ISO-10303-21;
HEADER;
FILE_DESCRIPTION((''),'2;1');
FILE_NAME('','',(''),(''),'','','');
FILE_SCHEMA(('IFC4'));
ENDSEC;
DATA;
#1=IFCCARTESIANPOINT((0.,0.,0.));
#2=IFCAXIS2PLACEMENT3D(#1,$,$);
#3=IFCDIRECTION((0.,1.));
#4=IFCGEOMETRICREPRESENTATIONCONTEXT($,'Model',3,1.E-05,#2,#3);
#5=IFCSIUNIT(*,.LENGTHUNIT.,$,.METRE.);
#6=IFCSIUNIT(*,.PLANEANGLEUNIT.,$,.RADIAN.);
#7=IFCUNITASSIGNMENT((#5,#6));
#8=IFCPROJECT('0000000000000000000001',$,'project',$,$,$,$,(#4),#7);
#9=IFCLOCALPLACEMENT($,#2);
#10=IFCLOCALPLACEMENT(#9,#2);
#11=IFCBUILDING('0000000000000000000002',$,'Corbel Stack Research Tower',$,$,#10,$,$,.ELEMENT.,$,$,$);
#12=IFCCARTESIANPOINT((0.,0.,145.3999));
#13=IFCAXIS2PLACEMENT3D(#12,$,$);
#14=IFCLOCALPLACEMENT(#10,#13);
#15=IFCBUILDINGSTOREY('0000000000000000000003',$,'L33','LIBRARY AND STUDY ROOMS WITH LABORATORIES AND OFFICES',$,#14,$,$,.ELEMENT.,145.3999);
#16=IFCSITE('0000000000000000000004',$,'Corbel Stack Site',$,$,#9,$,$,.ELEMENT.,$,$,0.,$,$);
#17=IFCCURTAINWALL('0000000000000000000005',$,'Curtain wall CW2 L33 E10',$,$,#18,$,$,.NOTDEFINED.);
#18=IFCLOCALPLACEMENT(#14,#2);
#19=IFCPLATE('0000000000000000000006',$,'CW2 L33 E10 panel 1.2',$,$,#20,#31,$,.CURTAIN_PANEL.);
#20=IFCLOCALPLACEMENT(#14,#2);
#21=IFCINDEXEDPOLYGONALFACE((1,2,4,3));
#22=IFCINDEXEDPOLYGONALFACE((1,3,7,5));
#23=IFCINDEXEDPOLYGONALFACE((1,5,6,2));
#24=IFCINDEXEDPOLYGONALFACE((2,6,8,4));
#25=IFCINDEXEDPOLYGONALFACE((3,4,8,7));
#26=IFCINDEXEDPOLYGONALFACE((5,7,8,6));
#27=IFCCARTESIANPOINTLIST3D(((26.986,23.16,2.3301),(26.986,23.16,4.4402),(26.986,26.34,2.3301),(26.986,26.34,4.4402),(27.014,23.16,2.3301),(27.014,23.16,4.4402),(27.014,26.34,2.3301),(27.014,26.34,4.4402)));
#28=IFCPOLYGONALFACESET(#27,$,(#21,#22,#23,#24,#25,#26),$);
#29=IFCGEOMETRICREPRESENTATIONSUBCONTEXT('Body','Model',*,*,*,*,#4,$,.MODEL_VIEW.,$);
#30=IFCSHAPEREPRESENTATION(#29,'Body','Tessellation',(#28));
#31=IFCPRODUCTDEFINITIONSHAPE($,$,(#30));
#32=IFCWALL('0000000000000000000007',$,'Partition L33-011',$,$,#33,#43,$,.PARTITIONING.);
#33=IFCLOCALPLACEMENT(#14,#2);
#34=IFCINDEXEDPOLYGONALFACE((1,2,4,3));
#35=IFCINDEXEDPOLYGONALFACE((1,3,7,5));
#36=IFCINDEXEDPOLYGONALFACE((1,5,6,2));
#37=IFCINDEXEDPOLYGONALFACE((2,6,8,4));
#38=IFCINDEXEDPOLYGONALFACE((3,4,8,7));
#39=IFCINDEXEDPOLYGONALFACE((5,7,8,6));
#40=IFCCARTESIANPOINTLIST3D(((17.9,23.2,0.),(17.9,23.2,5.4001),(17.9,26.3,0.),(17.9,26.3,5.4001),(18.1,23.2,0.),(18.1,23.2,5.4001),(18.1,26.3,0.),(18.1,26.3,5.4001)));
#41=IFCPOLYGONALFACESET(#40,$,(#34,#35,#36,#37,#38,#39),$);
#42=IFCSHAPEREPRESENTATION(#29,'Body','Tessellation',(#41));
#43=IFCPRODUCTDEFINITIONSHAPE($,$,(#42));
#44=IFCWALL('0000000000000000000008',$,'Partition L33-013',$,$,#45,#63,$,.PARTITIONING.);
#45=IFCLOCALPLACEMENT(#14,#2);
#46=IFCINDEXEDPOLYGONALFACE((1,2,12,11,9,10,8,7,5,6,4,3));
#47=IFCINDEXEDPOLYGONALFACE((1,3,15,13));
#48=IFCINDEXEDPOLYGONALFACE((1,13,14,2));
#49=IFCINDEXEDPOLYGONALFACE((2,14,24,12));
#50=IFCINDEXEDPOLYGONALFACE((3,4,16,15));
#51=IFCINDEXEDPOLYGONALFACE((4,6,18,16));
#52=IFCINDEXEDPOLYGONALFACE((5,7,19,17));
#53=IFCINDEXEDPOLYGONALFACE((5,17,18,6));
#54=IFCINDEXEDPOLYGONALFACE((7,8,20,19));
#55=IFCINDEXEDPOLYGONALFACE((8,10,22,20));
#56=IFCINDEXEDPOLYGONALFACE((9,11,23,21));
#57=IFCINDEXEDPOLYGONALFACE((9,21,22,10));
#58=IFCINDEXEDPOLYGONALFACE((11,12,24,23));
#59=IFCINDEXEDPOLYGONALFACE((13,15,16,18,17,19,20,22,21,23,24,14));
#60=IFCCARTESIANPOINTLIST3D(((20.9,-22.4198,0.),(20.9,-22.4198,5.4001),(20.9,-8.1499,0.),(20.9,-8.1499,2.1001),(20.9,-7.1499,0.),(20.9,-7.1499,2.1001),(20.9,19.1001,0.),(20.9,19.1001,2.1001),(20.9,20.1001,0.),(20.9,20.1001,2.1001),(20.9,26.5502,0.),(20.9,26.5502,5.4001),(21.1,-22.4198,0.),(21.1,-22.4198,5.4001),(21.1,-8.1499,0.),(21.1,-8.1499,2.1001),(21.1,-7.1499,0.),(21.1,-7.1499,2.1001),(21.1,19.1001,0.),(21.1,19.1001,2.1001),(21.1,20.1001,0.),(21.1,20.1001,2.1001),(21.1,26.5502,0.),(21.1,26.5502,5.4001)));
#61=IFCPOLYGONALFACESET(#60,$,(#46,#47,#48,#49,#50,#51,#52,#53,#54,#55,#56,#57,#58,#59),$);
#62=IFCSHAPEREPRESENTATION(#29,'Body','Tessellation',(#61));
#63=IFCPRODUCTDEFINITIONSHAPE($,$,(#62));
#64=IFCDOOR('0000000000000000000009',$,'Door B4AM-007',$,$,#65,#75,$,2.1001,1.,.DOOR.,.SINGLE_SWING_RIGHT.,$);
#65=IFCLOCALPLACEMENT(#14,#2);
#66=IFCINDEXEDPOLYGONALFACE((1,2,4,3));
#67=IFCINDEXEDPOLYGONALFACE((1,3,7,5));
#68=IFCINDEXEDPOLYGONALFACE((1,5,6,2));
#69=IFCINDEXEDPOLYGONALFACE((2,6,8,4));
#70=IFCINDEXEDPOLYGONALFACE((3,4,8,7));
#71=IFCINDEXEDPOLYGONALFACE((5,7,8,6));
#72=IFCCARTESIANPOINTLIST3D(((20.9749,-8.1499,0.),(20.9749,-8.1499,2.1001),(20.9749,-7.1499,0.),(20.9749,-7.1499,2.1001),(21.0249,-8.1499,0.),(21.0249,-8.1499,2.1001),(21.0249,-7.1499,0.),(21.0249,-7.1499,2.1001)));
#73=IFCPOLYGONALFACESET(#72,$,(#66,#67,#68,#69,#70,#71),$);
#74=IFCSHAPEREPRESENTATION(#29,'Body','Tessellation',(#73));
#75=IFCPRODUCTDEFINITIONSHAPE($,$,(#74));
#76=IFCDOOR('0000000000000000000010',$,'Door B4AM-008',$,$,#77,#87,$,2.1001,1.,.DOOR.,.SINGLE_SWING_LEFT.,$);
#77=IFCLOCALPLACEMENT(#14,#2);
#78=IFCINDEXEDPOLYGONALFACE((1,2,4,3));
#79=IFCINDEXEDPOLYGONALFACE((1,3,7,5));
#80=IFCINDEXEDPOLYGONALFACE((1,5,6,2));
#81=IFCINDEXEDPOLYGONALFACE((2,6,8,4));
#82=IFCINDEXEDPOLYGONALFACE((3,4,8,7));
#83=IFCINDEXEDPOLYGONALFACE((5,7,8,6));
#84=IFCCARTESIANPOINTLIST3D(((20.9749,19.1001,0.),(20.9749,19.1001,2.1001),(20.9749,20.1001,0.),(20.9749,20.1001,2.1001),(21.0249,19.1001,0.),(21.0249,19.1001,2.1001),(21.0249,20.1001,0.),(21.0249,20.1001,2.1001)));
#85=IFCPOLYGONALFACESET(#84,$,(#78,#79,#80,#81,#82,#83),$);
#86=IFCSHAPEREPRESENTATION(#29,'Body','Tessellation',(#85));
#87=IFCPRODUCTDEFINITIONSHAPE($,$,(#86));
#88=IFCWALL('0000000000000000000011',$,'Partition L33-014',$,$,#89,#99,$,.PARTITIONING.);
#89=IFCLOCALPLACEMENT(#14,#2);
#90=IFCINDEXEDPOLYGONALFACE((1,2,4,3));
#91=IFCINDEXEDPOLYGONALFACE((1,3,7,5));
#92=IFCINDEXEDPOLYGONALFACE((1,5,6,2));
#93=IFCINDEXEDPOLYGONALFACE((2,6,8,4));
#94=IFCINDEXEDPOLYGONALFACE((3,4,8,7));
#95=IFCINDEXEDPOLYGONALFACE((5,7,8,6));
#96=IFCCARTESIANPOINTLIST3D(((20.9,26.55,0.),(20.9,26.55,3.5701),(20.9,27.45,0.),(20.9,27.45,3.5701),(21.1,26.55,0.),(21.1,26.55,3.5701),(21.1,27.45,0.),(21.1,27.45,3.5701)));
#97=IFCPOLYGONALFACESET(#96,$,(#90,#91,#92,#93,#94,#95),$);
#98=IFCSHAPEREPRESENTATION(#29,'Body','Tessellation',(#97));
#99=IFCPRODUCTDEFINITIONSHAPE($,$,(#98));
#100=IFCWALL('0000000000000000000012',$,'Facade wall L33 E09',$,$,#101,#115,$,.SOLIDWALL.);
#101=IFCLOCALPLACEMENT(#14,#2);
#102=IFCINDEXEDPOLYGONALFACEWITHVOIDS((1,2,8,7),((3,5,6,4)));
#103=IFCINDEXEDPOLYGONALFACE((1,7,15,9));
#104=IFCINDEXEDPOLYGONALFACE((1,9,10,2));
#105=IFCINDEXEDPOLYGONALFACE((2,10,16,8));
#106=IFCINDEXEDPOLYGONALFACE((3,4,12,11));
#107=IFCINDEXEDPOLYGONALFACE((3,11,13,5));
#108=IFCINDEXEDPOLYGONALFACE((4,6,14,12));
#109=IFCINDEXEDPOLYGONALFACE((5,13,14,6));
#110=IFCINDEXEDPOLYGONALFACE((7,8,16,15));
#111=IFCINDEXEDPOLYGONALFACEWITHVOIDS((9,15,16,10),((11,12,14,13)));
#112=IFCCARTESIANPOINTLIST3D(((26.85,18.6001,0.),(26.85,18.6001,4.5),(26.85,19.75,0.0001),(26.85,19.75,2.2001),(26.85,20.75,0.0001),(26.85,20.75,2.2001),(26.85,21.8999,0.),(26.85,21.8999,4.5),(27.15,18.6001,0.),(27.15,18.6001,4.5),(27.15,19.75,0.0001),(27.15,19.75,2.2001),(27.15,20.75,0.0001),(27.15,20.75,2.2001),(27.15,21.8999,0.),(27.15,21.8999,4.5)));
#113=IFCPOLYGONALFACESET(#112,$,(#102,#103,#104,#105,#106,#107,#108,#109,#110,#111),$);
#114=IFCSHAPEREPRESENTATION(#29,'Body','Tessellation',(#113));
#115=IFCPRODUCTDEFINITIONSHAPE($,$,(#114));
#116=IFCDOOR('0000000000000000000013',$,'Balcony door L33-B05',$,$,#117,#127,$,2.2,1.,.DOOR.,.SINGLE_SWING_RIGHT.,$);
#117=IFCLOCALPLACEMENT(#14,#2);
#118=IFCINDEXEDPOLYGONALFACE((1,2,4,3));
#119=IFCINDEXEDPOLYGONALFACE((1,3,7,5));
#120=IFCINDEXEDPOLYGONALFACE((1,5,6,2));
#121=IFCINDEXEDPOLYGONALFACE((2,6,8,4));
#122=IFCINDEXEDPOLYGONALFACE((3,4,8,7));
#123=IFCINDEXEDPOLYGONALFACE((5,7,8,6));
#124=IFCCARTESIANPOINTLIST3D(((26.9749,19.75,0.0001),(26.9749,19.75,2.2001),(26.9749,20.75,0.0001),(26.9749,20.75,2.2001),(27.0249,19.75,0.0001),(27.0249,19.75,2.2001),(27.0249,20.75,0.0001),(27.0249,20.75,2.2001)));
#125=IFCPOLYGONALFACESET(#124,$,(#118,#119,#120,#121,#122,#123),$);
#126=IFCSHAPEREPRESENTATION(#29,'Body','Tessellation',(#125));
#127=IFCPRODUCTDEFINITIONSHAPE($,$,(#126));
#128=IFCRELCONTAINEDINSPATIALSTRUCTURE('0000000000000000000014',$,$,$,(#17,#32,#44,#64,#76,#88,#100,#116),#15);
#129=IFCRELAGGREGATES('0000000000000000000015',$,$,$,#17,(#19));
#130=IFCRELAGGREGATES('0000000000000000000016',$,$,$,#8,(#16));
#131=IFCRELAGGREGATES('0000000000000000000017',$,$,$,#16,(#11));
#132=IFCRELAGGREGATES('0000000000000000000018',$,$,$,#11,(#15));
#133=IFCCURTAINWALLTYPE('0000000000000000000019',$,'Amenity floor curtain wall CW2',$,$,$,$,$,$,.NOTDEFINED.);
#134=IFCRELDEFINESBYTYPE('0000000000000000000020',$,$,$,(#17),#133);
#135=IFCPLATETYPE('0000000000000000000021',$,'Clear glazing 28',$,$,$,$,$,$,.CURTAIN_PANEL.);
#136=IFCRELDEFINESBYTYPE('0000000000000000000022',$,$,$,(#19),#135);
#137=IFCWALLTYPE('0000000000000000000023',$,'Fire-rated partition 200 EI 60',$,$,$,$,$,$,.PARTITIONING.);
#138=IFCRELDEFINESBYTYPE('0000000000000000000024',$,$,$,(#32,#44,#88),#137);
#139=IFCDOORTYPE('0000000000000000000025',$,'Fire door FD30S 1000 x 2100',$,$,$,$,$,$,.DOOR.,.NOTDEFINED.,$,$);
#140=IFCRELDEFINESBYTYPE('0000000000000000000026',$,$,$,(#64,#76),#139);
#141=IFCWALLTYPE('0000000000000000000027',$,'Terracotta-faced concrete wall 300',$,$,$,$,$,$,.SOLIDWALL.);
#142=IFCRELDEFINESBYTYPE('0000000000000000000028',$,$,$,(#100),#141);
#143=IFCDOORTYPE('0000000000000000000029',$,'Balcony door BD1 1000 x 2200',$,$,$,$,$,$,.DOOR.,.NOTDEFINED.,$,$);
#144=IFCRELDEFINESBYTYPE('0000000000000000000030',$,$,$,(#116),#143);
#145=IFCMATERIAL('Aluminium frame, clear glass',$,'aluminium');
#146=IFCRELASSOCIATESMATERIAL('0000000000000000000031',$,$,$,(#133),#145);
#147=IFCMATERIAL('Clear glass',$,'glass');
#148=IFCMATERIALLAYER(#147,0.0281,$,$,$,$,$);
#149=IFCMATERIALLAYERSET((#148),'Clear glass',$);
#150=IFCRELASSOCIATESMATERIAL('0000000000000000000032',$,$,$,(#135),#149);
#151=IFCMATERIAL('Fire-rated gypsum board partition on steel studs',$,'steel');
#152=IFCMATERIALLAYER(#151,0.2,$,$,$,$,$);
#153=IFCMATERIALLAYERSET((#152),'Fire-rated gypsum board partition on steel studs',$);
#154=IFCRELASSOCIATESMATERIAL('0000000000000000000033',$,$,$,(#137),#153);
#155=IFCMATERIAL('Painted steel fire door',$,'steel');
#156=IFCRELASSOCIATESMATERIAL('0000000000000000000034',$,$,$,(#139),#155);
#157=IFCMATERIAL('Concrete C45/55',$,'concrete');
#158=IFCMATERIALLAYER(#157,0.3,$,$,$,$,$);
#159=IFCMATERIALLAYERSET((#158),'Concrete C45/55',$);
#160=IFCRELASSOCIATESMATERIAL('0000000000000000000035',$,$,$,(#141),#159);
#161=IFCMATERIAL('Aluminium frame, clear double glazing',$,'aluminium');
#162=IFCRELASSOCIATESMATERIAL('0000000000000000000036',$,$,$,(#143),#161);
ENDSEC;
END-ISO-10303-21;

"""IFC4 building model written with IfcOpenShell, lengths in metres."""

from ifc_helpers import new_model, si_unit, direction, frame, frame_2d, origin, origin_2d, place, context, subcontext, project, spatial, rectangle, extrude, material, layer, layer_set, type_object, element, fill, aggregate, save


model = new_model("IFC4")

# Units and contexts
model_context = context("Model", 3, precision=1e-05, world=origin(), true_north=direction((0.0, 1.0)))
body_context = subcontext(model_context, "Body", "Model", "MODEL_VIEW")
ifc_project = project(units=[si_unit("LENGTHUNIT", "METRE"), si_unit("PLANEANGLEUNIT", "RADIAN")], contexts=[model_context])

# Site, building, storey
site_placement = place(None, origin())
site = spatial("IfcSite", under=ifc_project, at=site_placement, Name="Corbel Stack Site", CompositionType="ELEMENT", RefElevation=0.0)
building_placement = place(site_placement, origin())
building = spatial("IfcBuilding", under=site, at=building_placement, Name="Corbel Stack Research Tower", CompositionType="ELEMENT")
storey_placement = place(building_placement, frame((0.0, 0.0, 145.3999)))
storey = spatial("IfcBuildingStorey", under=building, at=storey_placement, Name="L33", Description="LIBRARY AND STUDY ROOMS WITH LABORATORIES AND OFFICES", CompositionType="ELEMENT", Elevation=145.3999)

# Curtain wall
ifc_material_1 = material(Name="Aluminium frame, clear glass", Category="aluminium")
curtain_wall_type = type_object("IfcCurtainWallType", Name="Amenity floor curtain wall CW2", PredefinedType="NOTDEFINED", material=ifc_material_1)
curtain_wall_placement = place(storey_placement, origin())
curtain_wall = element("IfcCurtainWall", 1, at=curtain_wall_placement, inside=storey, type_object=curtain_wall_type, Name="Curtain wall CW2 L33 E10", PredefinedType="NOTDEFINED")

# Plate
ifc_material_2 = material(Name="Clear glass", Category="glass")
ifc_layer_1 = layer(ifc_material_2, 0.0281)
ifc_layer_set_1 = layer_set([ifc_layer_1], Name="Clear glass")
plate_type = type_object("IfcPlateType", Name="Clear glazing 28", PredefinedType="CURTAIN_PANEL", material=ifc_layer_set_1)
plate_1_placement = place(storey_placement, frame((27.0, 24.75, 2.3301), z_axis=(0.0, 0.0, 1.0), x_axis=(0.0, 1.0, 0.0)))
plate_1 = element("IfcPlate", 2, at=plate_1_placement, type_object=plate_type, Name="CW2 L33 E10 panel 1.2", PredefinedType="CURTAIN_PANEL", context=body_context, shape_type="SweptSolid", body=[
    extrude(rectangle(XDim=3.1799, YDim=0.0281, at=origin_2d()), origin(), (0.0, 0.0, 1.0), 2.1101),
])
aggregate(curtain_wall, [plate_1])

# Wall
ifc_material_3 = material(Name="Fire-rated gypsum board partition on steel studs", Category="steel")
ifc_layer_2 = layer(ifc_material_3, 0.2)
ifc_layer_set_2 = layer_set([ifc_layer_2], Name="Fire-rated gypsum board partition on steel studs")
wall_type_1 = type_object("IfcWallType", Name="Fire-rated partition 200 EI 60", PredefinedType="PARTITIONING", material=ifc_layer_set_2)
wall_1_placement = place(storey_placement, frame((18.0, 23.2, 0.0), z_axis=(0.0, 0.0, 1.0), x_axis=(0.0, 1.0, 0.0)))
element("IfcWall", 3, at=wall_1_placement, inside=storey, type_object=wall_type_1, Name="Partition L33-011", PredefinedType="PARTITIONING", context=body_context, shape_type="SweptSolid", body=[
    extrude(rectangle(XDim=3.1001, YDim=0.2, at=frame_2d((1.55, 0.0))), origin(), (0.0, 0.0, 1.0), 5.4001),
])

# Wall, openings, doors
wall_2_placement = place(storey_placement, frame((21.0, 26.55, 0.0), z_axis=(0.0, 0.0, 1.0), x_axis=(0.0, -1.0, 0.0)))
wall_2 = element("IfcWall", 4, at=wall_2_placement, inside=storey, type_object=wall_type_1, Name="Partition L33-013", PredefinedType="PARTITIONING", context=body_context, shape_type="SweptSolid", body=[
    extrude(rectangle(XDim=48.97, YDim=0.2, at=frame_2d((24.4849, 0.0))), origin(), (0.0, 0.0, 1.0), 5.4001),
])
opening_1_placement = place(wall_2_placement, frame((33.7, 0.0, 0.0)))
opening_1 = element("IfcOpeningElement", 5, at=opening_1_placement, cuts=wall_2, PredefinedType="OPENING", context=body_context, shape_type="SweptSolid", body=[
    extrude(rectangle(XDim=1.0, YDim=2.1001, at=frame_2d((0.5, 1.05))), frame((0.0, 0.1099, 0.0), z_axis=(0.0, -1.0, 0.0), x_axis=(1.0, 0.0, 0.0)), (0.0, 0.0, 1.0), 0.22),
])
opening_2_placement = place(wall_2_placement, frame((6.45, 0.0, 0.0)))
opening_2 = element("IfcOpeningElement", 6, at=opening_2_placement, cuts=wall_2, PredefinedType="OPENING", context=body_context, shape_type="SweptSolid", body=[
    extrude(rectangle(XDim=1.0, YDim=2.1001, at=frame_2d((0.5, 1.05))), frame((0.0, 0.1099, 0.0), z_axis=(0.0, -1.0, 0.0), x_axis=(1.0, 0.0, 0.0)), (0.0, 0.0, 1.0), 0.22),
])
ifc_material_4 = material(Name="Painted steel fire door", Category="steel")
door_type_1 = type_object("IfcDoorType", Name="Fire door FD30S 1000 x 2100", OperationType="NOTDEFINED", PredefinedType="DOOR", material=ifc_material_4)
door_1_placement = place(opening_1_placement, origin())
door_1 = element("IfcDoor", 7, at=door_1_placement, inside=storey, type_object=door_type_1, Name="Door B4AM-007", OperationType="SINGLE_SWING_RIGHT", OverallHeight=2.1001, OverallWidth=1.0, PredefinedType="DOOR", context=body_context, shape_type="SweptSolid", body=[
    extrude(rectangle(XDim=1.0, YDim=2.1001, at=frame_2d((0.5, 1.05))), frame((0.0, 0.0249, 0.0), z_axis=(0.0, -1.0, 0.0), x_axis=(1.0, 0.0, 0.0)), (0.0, 0.0, 1.0), 0.05),
])
fill(opening_1, door_1)
door_2_placement = place(opening_2_placement, origin())
door_2 = element("IfcDoor", 8, at=door_2_placement, inside=storey, type_object=door_type_1, Name="Door B4AM-008", OperationType="SINGLE_SWING_LEFT", OverallHeight=2.1001, OverallWidth=1.0, PredefinedType="DOOR", context=body_context, shape_type="SweptSolid", body=[
    extrude(rectangle(XDim=1.0, YDim=2.1001, at=frame_2d((0.5, 1.05))), frame((0.0, 0.0249, 0.0), z_axis=(0.0, -1.0, 0.0), x_axis=(1.0, 0.0, 0.0)), (0.0, 0.0, 1.0), 0.05),
])
fill(opening_2, door_2)

# Wall
wall_3_placement = place(storey_placement, frame((21.0, 26.55, 0.0), z_axis=(0.0, 0.0, 1.0), x_axis=(0.0, 1.0, 0.0)))
element("IfcWall", 9, at=wall_3_placement, inside=storey, type_object=wall_type_1, Name="Partition L33-014", PredefinedType="PARTITIONING", context=body_context, shape_type="SweptSolid", body=[
    extrude(rectangle(XDim=0.8999, YDim=0.2, at=frame_2d((0.45, 0.0))), origin(), (0.0, 0.0, 1.0), 3.5701),
])

# Wall, opening, door
ifc_material_5 = material(Name="Concrete C45/55", Category="concrete")
ifc_layer_3 = layer(ifc_material_5, 0.3)
ifc_layer_set_3 = layer_set([ifc_layer_3], Name="Concrete C45/55")
wall_type_2 = type_object("IfcWallType", Name="Terracotta-faced concrete wall 300", PredefinedType="SOLIDWALL", material=ifc_layer_set_3)
wall_4_placement = place(storey_placement, frame((27.0, 21.8999, 0.0), z_axis=(0.0, 0.0, 1.0), x_axis=(0.0, -1.0, 0.0)))
wall_4 = element("IfcWall", 10, at=wall_4_placement, inside=storey, type_object=wall_type_2, Name="Facade wall L33 E09", PredefinedType="SOLIDWALL", context=body_context, shape_type="SweptSolid", body=[
    extrude(rectangle(XDim=3.2998, YDim=0.3, at=frame_2d((1.6499, 0.0))), origin(), (0.0, 0.0, 1.0), 4.5),
])
opening_3_placement = place(wall_4_placement, frame((1.1499, 0.0, 0.0)))
opening_3 = element("IfcOpeningElement", 11, at=opening_3_placement, cuts=wall_4, PredefinedType="OPENING", context=body_context, shape_type="SweptSolid", body=[
    extrude(rectangle(XDim=1.0, YDim=2.2, at=frame_2d((0.5, 1.1001))), frame((0.0, 0.1599, 0.0), z_axis=(0.0, -1.0, 0.0), x_axis=(1.0, 0.0, 0.0)), (0.0, 0.0, 1.0), 0.3201),
])
ifc_material_6 = material(Name="Aluminium frame, clear double glazing", Category="aluminium")
door_type_2 = type_object("IfcDoorType", Name="Balcony door BD1 1000 x 2200", OperationType="NOTDEFINED", PredefinedType="DOOR", material=ifc_material_6)
door_3_placement = place(opening_3_placement, origin())
door_3 = element("IfcDoor", 12, at=door_3_placement, inside=storey, type_object=door_type_2, Name="Balcony door L33-B05", OperationType="SINGLE_SWING_RIGHT", OverallHeight=2.2, OverallWidth=1.0, PredefinedType="DOOR", context=body_context, shape_type="SweptSolid", body=[
    extrude(rectangle(XDim=1.0, YDim=2.2, at=frame_2d((0.5, 1.1001))), frame((0.0, 0.0249, 0.0), z_axis=(0.0, -1.0, 0.0), x_axis=(1.0, 0.0, 0.0)), (0.0, 0.0, 1.0), 0.05),
])
fill(opening_3, door_3)

save(model, "model.ifc")
